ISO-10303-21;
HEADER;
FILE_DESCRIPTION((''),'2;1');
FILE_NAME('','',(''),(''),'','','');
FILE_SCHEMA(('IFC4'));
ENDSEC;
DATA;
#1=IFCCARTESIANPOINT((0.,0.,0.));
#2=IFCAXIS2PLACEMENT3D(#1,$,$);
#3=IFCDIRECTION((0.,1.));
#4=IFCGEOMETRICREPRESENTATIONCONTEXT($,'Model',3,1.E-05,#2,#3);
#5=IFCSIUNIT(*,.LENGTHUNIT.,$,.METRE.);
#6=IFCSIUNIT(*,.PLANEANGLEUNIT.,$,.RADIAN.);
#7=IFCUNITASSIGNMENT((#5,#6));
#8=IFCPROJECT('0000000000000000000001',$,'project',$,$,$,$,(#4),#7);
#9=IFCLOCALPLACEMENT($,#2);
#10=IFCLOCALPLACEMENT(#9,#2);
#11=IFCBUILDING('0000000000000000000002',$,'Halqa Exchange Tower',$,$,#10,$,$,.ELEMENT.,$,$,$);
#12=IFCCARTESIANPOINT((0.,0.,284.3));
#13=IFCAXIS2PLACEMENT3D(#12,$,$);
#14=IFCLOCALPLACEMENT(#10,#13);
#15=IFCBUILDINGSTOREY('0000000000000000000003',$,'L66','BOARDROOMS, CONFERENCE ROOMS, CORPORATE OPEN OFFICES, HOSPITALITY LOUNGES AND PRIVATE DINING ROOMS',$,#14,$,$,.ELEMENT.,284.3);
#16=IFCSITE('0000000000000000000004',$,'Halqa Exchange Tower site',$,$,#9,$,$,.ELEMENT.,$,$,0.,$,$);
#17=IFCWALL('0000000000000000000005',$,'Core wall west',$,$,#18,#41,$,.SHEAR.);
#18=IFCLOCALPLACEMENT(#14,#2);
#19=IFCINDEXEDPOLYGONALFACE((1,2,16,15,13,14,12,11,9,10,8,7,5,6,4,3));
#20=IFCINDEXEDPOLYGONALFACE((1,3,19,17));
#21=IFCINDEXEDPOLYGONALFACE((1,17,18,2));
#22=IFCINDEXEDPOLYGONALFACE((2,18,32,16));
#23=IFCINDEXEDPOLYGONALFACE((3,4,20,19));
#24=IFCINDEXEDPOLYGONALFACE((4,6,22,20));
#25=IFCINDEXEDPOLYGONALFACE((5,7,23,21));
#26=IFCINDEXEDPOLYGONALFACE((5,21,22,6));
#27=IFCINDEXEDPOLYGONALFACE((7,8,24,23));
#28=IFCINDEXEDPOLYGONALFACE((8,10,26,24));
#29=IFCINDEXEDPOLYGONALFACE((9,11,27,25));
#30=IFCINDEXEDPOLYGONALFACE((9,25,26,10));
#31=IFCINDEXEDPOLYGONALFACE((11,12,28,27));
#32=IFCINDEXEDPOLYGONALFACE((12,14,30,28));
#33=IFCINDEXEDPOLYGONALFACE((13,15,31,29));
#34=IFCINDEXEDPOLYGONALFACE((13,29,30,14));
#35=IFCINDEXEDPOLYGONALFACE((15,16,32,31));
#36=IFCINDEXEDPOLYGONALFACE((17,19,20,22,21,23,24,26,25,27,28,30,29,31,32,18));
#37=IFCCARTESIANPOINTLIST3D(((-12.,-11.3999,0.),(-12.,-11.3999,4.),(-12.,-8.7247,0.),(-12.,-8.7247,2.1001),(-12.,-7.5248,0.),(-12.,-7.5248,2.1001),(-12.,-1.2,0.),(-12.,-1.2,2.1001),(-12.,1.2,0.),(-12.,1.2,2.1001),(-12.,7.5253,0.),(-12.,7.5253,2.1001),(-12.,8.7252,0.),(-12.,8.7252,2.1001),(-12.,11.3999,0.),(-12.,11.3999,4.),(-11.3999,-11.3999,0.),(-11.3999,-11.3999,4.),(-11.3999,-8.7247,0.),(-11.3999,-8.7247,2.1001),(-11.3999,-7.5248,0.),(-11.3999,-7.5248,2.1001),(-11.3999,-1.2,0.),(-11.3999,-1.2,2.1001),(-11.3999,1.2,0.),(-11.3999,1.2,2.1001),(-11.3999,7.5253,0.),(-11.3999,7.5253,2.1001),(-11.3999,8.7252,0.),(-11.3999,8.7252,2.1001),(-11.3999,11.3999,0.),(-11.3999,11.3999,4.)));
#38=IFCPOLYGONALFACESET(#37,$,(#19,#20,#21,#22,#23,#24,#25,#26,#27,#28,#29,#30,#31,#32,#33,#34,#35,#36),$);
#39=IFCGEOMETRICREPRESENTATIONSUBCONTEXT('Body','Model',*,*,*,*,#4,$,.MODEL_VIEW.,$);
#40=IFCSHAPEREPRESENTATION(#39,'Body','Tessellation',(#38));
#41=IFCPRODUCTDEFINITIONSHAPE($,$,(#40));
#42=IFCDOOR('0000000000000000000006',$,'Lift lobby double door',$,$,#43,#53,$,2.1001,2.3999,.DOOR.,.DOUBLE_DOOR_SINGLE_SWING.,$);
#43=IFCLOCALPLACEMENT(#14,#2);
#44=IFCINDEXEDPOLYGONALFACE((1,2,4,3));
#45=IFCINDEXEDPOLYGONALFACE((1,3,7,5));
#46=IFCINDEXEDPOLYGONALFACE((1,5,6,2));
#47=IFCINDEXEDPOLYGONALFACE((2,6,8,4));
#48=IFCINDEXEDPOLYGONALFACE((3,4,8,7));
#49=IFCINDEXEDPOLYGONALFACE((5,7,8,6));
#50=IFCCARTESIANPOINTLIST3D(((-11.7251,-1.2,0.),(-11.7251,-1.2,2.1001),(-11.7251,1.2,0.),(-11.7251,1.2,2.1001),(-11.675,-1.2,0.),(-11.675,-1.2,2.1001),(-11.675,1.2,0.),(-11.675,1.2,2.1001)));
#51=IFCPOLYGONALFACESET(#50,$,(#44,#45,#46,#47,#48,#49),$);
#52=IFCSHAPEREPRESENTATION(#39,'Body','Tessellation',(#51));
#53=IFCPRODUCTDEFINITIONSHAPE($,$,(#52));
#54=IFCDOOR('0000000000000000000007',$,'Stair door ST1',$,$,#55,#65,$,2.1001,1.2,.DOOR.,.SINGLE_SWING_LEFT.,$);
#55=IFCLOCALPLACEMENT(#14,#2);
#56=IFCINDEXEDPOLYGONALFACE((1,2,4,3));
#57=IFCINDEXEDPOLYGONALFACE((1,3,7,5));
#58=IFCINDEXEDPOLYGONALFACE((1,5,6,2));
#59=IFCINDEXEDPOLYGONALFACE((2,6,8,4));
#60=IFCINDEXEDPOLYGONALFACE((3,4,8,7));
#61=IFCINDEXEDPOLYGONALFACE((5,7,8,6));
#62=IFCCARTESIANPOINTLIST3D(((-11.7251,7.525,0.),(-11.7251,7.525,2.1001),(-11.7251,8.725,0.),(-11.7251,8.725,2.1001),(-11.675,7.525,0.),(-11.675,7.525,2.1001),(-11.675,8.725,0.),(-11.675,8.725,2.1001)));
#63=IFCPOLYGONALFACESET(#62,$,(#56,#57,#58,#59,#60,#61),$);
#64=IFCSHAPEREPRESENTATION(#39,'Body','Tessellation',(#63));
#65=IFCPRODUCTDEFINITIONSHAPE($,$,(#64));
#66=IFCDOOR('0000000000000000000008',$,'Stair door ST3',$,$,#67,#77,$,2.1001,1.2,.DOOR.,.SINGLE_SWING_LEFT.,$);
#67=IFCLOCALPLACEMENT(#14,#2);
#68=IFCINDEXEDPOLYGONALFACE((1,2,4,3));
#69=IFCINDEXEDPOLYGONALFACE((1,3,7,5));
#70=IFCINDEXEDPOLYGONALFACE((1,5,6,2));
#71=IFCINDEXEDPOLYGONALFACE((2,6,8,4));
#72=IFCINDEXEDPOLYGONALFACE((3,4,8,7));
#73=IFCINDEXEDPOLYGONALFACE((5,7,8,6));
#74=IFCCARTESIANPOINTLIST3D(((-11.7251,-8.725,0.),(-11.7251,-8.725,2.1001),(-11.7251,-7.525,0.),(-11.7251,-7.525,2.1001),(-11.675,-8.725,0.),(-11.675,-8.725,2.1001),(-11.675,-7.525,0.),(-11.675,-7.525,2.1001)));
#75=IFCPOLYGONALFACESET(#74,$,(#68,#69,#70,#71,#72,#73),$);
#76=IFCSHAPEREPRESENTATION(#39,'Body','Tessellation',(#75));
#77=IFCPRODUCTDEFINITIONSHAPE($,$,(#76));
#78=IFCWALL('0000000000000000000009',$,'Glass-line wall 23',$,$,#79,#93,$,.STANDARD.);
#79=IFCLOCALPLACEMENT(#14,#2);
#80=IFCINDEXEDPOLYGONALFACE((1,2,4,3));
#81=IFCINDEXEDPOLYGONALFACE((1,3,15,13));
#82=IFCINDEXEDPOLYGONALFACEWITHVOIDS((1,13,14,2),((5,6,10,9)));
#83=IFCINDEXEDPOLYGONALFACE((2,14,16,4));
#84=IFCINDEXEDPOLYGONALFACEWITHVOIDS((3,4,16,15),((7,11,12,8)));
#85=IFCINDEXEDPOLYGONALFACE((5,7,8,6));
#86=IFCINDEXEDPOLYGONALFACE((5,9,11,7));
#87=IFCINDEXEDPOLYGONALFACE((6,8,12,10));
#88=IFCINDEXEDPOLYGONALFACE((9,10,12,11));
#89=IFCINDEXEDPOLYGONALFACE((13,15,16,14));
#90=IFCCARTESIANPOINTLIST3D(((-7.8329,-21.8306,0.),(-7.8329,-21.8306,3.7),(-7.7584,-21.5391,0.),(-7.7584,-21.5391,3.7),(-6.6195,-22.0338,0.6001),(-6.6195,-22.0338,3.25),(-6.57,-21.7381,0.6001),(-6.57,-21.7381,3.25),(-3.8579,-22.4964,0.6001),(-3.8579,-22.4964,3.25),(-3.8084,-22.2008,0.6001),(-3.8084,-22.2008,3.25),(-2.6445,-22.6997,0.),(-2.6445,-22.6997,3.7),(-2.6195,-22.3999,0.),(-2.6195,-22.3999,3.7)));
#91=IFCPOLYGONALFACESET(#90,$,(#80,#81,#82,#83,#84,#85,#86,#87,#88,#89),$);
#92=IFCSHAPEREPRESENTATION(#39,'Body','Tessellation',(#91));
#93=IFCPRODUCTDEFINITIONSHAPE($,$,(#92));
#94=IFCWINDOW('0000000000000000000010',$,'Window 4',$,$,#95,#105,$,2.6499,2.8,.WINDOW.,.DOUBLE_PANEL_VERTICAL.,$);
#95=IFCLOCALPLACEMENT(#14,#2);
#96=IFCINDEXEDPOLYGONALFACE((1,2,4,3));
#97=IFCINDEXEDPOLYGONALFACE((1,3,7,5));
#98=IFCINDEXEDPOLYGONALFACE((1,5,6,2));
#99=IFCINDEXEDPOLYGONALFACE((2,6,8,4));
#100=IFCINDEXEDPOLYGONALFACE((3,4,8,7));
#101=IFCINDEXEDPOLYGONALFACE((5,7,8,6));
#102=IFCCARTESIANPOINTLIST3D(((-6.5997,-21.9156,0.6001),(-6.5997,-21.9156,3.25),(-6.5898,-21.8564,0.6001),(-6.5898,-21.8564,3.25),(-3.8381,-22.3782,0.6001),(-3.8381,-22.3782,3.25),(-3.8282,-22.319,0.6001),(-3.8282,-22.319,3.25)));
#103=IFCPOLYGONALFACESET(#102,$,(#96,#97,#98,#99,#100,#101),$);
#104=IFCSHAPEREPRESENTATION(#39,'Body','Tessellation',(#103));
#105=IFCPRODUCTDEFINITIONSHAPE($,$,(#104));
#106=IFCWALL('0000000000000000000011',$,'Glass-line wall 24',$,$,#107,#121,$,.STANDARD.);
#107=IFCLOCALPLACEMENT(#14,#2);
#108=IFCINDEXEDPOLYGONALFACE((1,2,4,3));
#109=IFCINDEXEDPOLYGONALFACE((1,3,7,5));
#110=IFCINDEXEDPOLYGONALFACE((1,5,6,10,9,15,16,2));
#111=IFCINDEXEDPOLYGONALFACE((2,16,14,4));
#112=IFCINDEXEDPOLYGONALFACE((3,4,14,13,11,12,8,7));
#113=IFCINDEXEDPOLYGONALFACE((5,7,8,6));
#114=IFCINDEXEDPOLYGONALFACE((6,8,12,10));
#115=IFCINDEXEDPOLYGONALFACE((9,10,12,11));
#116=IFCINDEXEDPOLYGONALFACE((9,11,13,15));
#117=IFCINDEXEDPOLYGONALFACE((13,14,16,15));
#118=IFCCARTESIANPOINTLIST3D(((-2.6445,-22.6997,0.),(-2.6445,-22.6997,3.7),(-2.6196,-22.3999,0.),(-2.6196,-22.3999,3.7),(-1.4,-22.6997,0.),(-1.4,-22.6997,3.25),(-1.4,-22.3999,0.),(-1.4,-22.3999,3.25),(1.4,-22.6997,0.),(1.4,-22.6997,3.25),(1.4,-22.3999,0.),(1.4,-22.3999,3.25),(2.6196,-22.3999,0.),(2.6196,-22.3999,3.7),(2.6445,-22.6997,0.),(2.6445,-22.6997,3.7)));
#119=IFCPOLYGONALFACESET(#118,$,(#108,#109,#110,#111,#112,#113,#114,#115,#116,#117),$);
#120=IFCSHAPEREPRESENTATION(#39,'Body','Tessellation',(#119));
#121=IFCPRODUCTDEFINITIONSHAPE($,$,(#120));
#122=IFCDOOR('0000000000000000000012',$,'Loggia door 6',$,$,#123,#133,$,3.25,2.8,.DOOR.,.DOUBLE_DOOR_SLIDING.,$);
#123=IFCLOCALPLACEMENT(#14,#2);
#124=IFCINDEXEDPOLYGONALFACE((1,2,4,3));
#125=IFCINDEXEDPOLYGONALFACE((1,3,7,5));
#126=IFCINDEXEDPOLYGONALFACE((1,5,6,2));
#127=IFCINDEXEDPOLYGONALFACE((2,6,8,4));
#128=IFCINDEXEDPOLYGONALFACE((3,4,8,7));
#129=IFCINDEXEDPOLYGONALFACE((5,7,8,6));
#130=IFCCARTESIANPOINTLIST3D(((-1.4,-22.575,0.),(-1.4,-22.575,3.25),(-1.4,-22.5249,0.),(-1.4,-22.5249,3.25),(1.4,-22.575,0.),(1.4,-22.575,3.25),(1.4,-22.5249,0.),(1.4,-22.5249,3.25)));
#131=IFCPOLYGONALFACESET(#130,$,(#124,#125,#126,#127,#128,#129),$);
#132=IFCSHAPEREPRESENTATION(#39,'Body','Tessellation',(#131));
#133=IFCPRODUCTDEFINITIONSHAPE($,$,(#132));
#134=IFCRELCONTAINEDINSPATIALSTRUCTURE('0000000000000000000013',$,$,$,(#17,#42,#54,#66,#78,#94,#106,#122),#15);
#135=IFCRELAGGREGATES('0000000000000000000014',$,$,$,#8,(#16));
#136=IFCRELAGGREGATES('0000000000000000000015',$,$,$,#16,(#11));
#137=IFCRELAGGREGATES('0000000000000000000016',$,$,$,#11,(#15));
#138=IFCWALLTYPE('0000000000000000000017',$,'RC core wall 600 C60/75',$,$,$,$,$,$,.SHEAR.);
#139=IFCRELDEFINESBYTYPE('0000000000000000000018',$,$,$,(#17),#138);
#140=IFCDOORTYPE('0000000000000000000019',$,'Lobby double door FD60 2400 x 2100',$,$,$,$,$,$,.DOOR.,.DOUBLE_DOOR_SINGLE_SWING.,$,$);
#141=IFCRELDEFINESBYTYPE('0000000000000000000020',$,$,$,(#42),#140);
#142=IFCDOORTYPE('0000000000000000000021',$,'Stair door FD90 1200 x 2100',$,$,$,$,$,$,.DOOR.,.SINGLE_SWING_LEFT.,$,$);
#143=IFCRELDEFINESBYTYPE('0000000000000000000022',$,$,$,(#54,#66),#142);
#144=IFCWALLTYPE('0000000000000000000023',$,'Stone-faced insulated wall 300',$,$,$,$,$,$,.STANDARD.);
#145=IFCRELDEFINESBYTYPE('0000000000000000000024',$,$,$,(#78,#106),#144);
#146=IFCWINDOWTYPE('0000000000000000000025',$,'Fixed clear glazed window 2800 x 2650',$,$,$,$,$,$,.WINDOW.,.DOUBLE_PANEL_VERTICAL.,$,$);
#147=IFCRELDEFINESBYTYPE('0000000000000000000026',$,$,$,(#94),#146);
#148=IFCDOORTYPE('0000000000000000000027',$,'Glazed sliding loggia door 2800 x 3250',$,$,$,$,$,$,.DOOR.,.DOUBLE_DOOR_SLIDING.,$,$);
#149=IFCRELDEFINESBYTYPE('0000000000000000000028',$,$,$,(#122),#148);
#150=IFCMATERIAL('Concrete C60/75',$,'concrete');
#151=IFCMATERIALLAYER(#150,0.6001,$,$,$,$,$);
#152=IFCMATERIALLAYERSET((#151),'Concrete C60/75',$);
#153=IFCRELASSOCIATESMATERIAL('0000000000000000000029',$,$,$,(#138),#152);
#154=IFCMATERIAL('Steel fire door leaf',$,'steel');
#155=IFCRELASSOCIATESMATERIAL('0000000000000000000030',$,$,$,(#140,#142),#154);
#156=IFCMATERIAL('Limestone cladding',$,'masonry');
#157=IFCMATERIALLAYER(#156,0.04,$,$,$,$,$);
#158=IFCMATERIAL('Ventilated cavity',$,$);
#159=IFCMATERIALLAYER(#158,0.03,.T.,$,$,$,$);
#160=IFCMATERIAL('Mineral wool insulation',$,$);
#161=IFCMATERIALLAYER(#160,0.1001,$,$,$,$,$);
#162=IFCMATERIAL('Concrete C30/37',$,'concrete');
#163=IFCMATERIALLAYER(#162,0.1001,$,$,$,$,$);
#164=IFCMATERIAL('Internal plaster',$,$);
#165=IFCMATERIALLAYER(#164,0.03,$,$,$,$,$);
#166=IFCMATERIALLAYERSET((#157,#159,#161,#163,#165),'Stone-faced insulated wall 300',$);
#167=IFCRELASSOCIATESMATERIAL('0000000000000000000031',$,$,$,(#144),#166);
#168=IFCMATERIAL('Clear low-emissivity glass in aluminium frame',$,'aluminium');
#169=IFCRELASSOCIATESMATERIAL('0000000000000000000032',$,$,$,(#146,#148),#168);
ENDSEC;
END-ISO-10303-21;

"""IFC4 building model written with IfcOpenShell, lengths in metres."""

from ifc_helpers import new_model, si_unit, direction, frame, frame_2d, origin, place, context, subcontext, project, spatial, polyline, rectangle, outline, extrude, material, layer, layer_set, type_object, element, fill, save


model = new_model("IFC4")

# Units and contexts
model_context = context("Model", 3, precision=1e-05, world=origin(), true_north=direction((0.0, 1.0)))
body_context = subcontext(model_context, "Body", "Model", "MODEL_VIEW")
ifc_project = project(units=[si_unit("LENGTHUNIT", "METRE"), si_unit("PLANEANGLEUNIT", "RADIAN")], contexts=[model_context])

# Site, building, storey
site_placement = place(None, origin())
site = spatial("IfcSite", under=ifc_project, at=site_placement, Name="Halqa Exchange Tower site", CompositionType="ELEMENT", RefElevation=0.0)
building_placement = place(site_placement, origin())
building = spatial("IfcBuilding", under=site, at=building_placement, Name="Halqa Exchange Tower", CompositionType="ELEMENT")
storey_placement = place(building_placement, frame((0.0, 0.0, 284.3)))
storey = spatial("IfcBuildingStorey", under=building, at=storey_placement, Name="L66", Description="BOARDROOMS, CONFERENCE ROOMS, CORPORATE OPEN OFFICES, HOSPITALITY LOUNGES AND PRIVATE DINING ROOMS", CompositionType="ELEMENT", Elevation=284.3)

# Shared definitions
ifc_material_1 = material(Name="Concrete C60/75", Category="concrete")

# Wall, openings, doors
ifc_layer_1 = layer(ifc_material_1, 0.6001)
ifc_layer_set_1 = layer_set([ifc_layer_1], Name="Concrete C60/75")
wall_type_1 = type_object("IfcWallType", Name="RC core wall 600 C60/75", PredefinedType="SHEAR", material=ifc_layer_set_1)
wall_1_placement = place(storey_placement, frame((-11.7, -11.3999, 0.0), z_axis=(0.0, 0.0, 1.0), x_axis=(0.0, 1.0, 0.0)))
wall_1 = element("IfcWall", 1, at=wall_1_placement, inside=storey, type_object=wall_type_1, Name="Core wall west", PredefinedType="SHEAR", context=body_context, shape_type="SweptSolid", body=[
    extrude(rectangle(XDim=22.7998, YDim=0.6001, at=frame_2d((11.3999, 0.0))), origin(), (0.0, 0.0, 1.0), 4.0),
])
opening_1_placement = place(wall_1_placement, frame((10.2, 0.0, 0.0)))
opening_1 = element("IfcOpeningElement", 2, at=opening_1_placement, cuts=wall_1, PredefinedType="OPENING", context=body_context, shape_type="SweptSolid", body=[
    extrude(rectangle(XDim=2.3999, YDim=2.1001, at=frame_2d((1.2, 1.05))), frame((0.0, 0.312, 0.0), z_axis=(0.0, -1.0, 0.0), x_axis=(1.0, 0.0, 0.0)), (0.0, 0.0, 1.0), 0.624),
])
opening_2_placement = place(wall_1_placement, frame((18.925, 0.0, 0.0)))
opening_2 = element("IfcOpeningElement", 3, at=opening_2_placement, cuts=wall_1, PredefinedType="OPENING", context=body_context, shape_type="SweptSolid", body=[
    extrude(rectangle(XDim=1.2, YDim=2.1001, at=frame_2d((0.6001, 1.05))), frame((0.0, 0.312, 0.0), z_axis=(0.0, -1.0, 0.0), x_axis=(1.0, 0.0, 0.0)), (0.0, 0.0, 1.0), 0.624),
])
opening_3_placement = place(wall_1_placement, frame((2.675, 0.0, 0.0)))
opening_3 = element("IfcOpeningElement", 4, at=opening_3_placement, cuts=wall_1, PredefinedType="OPENING", context=body_context, shape_type="SweptSolid", body=[
    extrude(rectangle(XDim=1.2, YDim=2.1001, at=frame_2d((0.6001, 1.05))), frame((0.0, 0.312, 0.0), z_axis=(0.0, -1.0, 0.0), x_axis=(1.0, 0.0, 0.0)), (0.0, 0.0, 1.0), 0.624),
])
ifc_material_2 = material(Name="Steel fire door leaf", Category="steel")
door_type_1 = type_object("IfcDoorType", Name="Lobby double door FD60 2400 x 2100", OperationType="DOUBLE_DOOR_SINGLE_SWING", PredefinedType="DOOR", material=ifc_material_2)
door_1_placement = place(opening_1_placement, frame((2.3999, 0.0, 0.0), z_axis=(0.0, 0.0, 1.0), x_axis=(-1.0, 0.0, 0.0)))
door_1 = element("IfcDoor", 5, at=door_1_placement, inside=storey, type_object=door_type_1, Name="Lift lobby double door", OperationType="DOUBLE_DOOR_SINGLE_SWING", OverallHeight=2.1001, OverallWidth=2.3999, PredefinedType="DOOR", context=body_context, shape_type="SweptSolid", body=[
    extrude(rectangle(XDim=2.3999, YDim=2.1001, at=frame_2d((1.2, 1.05))), frame((0.0, 0.0249, 0.0), z_axis=(0.0, -1.0, 0.0), x_axis=(1.0, 0.0, 0.0)), (0.0, 0.0, 1.0), 0.05),
])
fill(opening_1, door_1)
door_type_2 = type_object("IfcDoorType", Name="Stair door FD90 1200 x 2100", OperationType="SINGLE_SWING_LEFT", PredefinedType="DOOR", material=ifc_material_2)
door_2_placement = place(opening_2_placement, frame((1.2, 0.0, 0.0), z_axis=(0.0, 0.0, 1.0), x_axis=(-1.0, 0.0, 0.0)))
door_2 = element("IfcDoor", 6, at=door_2_placement, inside=storey, type_object=door_type_2, Name="Stair door ST1", OperationType="SINGLE_SWING_LEFT", OverallHeight=2.1001, OverallWidth=1.2, PredefinedType="DOOR", context=body_context, shape_type="SweptSolid", body=[
    extrude(rectangle(XDim=1.2, YDim=2.1001, at=frame_2d((0.6001, 1.05))), frame((0.0, 0.0249, 0.0), z_axis=(0.0, -1.0, 0.0), x_axis=(1.0, 0.0, 0.0)), (0.0, 0.0, 1.0), 0.05),
])
fill(opening_2, door_2)
door_3_placement = place(opening_3_placement, frame((1.2, 0.0, 0.0), z_axis=(0.0, 0.0, 1.0), x_axis=(-1.0, 0.0, 0.0)))
door_3 = element("IfcDoor", 7, at=door_3_placement, inside=storey, type_object=door_type_2, Name="Stair door ST3", OperationType="SINGLE_SWING_LEFT", OverallHeight=2.1001, OverallWidth=1.2, PredefinedType="DOOR", context=body_context, shape_type="SweptSolid", body=[
    extrude(rectangle(XDim=1.2, YDim=2.1001, at=frame_2d((0.6001, 1.05))), frame((0.0, 0.0249, 0.0), z_axis=(0.0, -1.0, 0.0), x_axis=(1.0, 0.0, 0.0)), (0.0, 0.0, 1.0), 0.05),
])
fill(opening_3, door_3)

# Wall, opening, window
ifc_material_3 = material(Name="Limestone cladding", Category="masonry")
ifc_layer_2 = layer(ifc_material_3, 0.04)
ifc_material_4 = material(Name="Ventilated cavity")
ifc_layer_3 = layer(ifc_material_4, 0.03, ventilated=True)
ifc_material_5 = material(Name="Mineral wool insulation")
ifc_layer_4 = layer(ifc_material_5, 0.1001)
ifc_material_6 = material(Name="Concrete C30/37", Category="concrete")
ifc_layer_5 = layer(ifc_material_6, 0.1001)
ifc_material_7 = material(Name="Internal plaster")
ifc_layer_6 = layer(ifc_material_7, 0.03)
ifc_layer_set_2 = layer_set([ifc_layer_2, ifc_layer_3, ifc_layer_4, ifc_layer_5, ifc_layer_6], Name="Stone-faced insulated wall 300")
wall_type_2 = type_object("IfcWallType", Name="Stone-faced insulated wall 300", PredefinedType="STANDARD", material=ifc_layer_set_2)
wall_2_placement = place(storey_placement, frame((-7.7957, -21.6848, 0.0), z_axis=(0.0, 0.0, 1.0), x_axis=(0.986257, -0.165216, 0.0)))
wall_2 = element("IfcWall", 8, at=wall_2_placement, inside=storey, type_object=wall_type_2, Name="Glass-line wall 23", PredefinedType="STANDARD", context=body_context, shape_type="SweptSolid", body=[
    extrude(outline(polyline([(-0.0127, -0.1499), (5.248, -0.1499), (5.2231, 0.1499), (0.0127, 0.1499), (-0.0127, -0.1499)])), origin(), (0.0, 0.0, 1.0), 3.7),
])
opening_4_placement = place(wall_2_placement, frame((1.2178, 0.0, 0.6001)))
opening_4 = element("IfcOpeningElement", 9, at=opening_4_placement, cuts=wall_2, PredefinedType="OPENING", context=body_context, shape_type="SweptSolid", body=[
    extrude(rectangle(XDim=2.8, YDim=2.6499, at=frame_2d((1.3999, 1.325))), frame((0.0, 0.1621, 0.0), z_axis=(0.0, -1.0, 0.0), x_axis=(1.0, 0.0, 0.0)), (0.0, 0.0, 1.0), 0.324),
])
ifc_material_8 = material(Name="Clear low-emissivity glass in aluminium frame", Category="aluminium")
window_type = type_object("IfcWindowType", Name="Fixed clear glazed window 2800 x 2650", PartitioningType="DOUBLE_PANEL_VERTICAL", PredefinedType="WINDOW", material=ifc_material_8)
window_placement = place(opening_4_placement, origin())
window = element("IfcWindow", 10, at=window_placement, inside=storey, type_object=window_type, Name="Window 4", OverallHeight=2.6499, OverallWidth=2.8, PartitioningType="DOUBLE_PANEL_VERTICAL", PredefinedType="WINDOW", context=body_context, shape_type="SweptSolid", body=[
    extrude(rectangle(XDim=2.8, YDim=2.6499, at=frame_2d((1.3999, 1.325))), frame((0.0, 0.03, 0.0), z_axis=(0.0, -1.0, 0.0), x_axis=(1.0, 0.0, 0.0)), (0.0, 0.0, 1.0), 0.0601),
])
fill(opening_4, window)

# Wall, opening, door
wall_3_placement = place(storey_placement, frame((-2.6321, -22.5498, 0.0), z_axis=(0.0, 0.0, 1.0), x_axis=(1.0, 0.0, 0.0)))
wall_3 = element("IfcWall", 11, at=wall_3_placement, inside=storey, type_object=wall_type_2, Name="Glass-line wall 24", PredefinedType="STANDARD", context=body_context, shape_type="SweptSolid", body=[
    extrude(outline(polyline([(-0.0125, -0.1499), (5.2766, -0.1499), (5.2517, 0.1499), (0.0125, 0.1499), (-0.0125, -0.1499)])), origin(), (0.0, 0.0, 1.0), 3.7),
])
opening_5_placement = place(wall_3_placement, frame((1.2322, 0.0, 0.0)))
opening_5 = element("IfcOpeningElement", 12, at=opening_5_placement, cuts=wall_3, PredefinedType="OPENING", context=body_context, shape_type="SweptSolid", body=[
    extrude(rectangle(XDim=2.8, YDim=3.25, at=frame_2d((1.3999, 1.625))), frame((0.0, 0.1621, 0.0), z_axis=(0.0, -1.0, 0.0), x_axis=(1.0, 0.0, 0.0)), (0.0, 0.0, 1.0), 0.324),
])
door_type_3 = type_object("IfcDoorType", Name="Glazed sliding loggia door 2800 x 3250", OperationType="DOUBLE_DOOR_SLIDING", PredefinedType="DOOR", material=ifc_material_8)
door_4_placement = place(opening_5_placement, origin())
door_4 = element("IfcDoor", 13, at=door_4_placement, inside=storey, type_object=door_type_3, Name="Loggia door 6", OperationType="DOUBLE_DOOR_SLIDING", OverallHeight=3.25, OverallWidth=2.8, PredefinedType="DOOR", context=body_context, shape_type="SweptSolid", body=[
    extrude(rectangle(XDim=2.8, YDim=3.25, at=frame_2d((1.3999, 1.625))), frame((0.0, 0.0249, 0.0), z_axis=(0.0, -1.0, 0.0), x_axis=(1.0, 0.0, 0.0)), (0.0, 0.0, 1.0), 0.05),
])
fill(opening_5, door_4)

save(model, "model.ifc")
